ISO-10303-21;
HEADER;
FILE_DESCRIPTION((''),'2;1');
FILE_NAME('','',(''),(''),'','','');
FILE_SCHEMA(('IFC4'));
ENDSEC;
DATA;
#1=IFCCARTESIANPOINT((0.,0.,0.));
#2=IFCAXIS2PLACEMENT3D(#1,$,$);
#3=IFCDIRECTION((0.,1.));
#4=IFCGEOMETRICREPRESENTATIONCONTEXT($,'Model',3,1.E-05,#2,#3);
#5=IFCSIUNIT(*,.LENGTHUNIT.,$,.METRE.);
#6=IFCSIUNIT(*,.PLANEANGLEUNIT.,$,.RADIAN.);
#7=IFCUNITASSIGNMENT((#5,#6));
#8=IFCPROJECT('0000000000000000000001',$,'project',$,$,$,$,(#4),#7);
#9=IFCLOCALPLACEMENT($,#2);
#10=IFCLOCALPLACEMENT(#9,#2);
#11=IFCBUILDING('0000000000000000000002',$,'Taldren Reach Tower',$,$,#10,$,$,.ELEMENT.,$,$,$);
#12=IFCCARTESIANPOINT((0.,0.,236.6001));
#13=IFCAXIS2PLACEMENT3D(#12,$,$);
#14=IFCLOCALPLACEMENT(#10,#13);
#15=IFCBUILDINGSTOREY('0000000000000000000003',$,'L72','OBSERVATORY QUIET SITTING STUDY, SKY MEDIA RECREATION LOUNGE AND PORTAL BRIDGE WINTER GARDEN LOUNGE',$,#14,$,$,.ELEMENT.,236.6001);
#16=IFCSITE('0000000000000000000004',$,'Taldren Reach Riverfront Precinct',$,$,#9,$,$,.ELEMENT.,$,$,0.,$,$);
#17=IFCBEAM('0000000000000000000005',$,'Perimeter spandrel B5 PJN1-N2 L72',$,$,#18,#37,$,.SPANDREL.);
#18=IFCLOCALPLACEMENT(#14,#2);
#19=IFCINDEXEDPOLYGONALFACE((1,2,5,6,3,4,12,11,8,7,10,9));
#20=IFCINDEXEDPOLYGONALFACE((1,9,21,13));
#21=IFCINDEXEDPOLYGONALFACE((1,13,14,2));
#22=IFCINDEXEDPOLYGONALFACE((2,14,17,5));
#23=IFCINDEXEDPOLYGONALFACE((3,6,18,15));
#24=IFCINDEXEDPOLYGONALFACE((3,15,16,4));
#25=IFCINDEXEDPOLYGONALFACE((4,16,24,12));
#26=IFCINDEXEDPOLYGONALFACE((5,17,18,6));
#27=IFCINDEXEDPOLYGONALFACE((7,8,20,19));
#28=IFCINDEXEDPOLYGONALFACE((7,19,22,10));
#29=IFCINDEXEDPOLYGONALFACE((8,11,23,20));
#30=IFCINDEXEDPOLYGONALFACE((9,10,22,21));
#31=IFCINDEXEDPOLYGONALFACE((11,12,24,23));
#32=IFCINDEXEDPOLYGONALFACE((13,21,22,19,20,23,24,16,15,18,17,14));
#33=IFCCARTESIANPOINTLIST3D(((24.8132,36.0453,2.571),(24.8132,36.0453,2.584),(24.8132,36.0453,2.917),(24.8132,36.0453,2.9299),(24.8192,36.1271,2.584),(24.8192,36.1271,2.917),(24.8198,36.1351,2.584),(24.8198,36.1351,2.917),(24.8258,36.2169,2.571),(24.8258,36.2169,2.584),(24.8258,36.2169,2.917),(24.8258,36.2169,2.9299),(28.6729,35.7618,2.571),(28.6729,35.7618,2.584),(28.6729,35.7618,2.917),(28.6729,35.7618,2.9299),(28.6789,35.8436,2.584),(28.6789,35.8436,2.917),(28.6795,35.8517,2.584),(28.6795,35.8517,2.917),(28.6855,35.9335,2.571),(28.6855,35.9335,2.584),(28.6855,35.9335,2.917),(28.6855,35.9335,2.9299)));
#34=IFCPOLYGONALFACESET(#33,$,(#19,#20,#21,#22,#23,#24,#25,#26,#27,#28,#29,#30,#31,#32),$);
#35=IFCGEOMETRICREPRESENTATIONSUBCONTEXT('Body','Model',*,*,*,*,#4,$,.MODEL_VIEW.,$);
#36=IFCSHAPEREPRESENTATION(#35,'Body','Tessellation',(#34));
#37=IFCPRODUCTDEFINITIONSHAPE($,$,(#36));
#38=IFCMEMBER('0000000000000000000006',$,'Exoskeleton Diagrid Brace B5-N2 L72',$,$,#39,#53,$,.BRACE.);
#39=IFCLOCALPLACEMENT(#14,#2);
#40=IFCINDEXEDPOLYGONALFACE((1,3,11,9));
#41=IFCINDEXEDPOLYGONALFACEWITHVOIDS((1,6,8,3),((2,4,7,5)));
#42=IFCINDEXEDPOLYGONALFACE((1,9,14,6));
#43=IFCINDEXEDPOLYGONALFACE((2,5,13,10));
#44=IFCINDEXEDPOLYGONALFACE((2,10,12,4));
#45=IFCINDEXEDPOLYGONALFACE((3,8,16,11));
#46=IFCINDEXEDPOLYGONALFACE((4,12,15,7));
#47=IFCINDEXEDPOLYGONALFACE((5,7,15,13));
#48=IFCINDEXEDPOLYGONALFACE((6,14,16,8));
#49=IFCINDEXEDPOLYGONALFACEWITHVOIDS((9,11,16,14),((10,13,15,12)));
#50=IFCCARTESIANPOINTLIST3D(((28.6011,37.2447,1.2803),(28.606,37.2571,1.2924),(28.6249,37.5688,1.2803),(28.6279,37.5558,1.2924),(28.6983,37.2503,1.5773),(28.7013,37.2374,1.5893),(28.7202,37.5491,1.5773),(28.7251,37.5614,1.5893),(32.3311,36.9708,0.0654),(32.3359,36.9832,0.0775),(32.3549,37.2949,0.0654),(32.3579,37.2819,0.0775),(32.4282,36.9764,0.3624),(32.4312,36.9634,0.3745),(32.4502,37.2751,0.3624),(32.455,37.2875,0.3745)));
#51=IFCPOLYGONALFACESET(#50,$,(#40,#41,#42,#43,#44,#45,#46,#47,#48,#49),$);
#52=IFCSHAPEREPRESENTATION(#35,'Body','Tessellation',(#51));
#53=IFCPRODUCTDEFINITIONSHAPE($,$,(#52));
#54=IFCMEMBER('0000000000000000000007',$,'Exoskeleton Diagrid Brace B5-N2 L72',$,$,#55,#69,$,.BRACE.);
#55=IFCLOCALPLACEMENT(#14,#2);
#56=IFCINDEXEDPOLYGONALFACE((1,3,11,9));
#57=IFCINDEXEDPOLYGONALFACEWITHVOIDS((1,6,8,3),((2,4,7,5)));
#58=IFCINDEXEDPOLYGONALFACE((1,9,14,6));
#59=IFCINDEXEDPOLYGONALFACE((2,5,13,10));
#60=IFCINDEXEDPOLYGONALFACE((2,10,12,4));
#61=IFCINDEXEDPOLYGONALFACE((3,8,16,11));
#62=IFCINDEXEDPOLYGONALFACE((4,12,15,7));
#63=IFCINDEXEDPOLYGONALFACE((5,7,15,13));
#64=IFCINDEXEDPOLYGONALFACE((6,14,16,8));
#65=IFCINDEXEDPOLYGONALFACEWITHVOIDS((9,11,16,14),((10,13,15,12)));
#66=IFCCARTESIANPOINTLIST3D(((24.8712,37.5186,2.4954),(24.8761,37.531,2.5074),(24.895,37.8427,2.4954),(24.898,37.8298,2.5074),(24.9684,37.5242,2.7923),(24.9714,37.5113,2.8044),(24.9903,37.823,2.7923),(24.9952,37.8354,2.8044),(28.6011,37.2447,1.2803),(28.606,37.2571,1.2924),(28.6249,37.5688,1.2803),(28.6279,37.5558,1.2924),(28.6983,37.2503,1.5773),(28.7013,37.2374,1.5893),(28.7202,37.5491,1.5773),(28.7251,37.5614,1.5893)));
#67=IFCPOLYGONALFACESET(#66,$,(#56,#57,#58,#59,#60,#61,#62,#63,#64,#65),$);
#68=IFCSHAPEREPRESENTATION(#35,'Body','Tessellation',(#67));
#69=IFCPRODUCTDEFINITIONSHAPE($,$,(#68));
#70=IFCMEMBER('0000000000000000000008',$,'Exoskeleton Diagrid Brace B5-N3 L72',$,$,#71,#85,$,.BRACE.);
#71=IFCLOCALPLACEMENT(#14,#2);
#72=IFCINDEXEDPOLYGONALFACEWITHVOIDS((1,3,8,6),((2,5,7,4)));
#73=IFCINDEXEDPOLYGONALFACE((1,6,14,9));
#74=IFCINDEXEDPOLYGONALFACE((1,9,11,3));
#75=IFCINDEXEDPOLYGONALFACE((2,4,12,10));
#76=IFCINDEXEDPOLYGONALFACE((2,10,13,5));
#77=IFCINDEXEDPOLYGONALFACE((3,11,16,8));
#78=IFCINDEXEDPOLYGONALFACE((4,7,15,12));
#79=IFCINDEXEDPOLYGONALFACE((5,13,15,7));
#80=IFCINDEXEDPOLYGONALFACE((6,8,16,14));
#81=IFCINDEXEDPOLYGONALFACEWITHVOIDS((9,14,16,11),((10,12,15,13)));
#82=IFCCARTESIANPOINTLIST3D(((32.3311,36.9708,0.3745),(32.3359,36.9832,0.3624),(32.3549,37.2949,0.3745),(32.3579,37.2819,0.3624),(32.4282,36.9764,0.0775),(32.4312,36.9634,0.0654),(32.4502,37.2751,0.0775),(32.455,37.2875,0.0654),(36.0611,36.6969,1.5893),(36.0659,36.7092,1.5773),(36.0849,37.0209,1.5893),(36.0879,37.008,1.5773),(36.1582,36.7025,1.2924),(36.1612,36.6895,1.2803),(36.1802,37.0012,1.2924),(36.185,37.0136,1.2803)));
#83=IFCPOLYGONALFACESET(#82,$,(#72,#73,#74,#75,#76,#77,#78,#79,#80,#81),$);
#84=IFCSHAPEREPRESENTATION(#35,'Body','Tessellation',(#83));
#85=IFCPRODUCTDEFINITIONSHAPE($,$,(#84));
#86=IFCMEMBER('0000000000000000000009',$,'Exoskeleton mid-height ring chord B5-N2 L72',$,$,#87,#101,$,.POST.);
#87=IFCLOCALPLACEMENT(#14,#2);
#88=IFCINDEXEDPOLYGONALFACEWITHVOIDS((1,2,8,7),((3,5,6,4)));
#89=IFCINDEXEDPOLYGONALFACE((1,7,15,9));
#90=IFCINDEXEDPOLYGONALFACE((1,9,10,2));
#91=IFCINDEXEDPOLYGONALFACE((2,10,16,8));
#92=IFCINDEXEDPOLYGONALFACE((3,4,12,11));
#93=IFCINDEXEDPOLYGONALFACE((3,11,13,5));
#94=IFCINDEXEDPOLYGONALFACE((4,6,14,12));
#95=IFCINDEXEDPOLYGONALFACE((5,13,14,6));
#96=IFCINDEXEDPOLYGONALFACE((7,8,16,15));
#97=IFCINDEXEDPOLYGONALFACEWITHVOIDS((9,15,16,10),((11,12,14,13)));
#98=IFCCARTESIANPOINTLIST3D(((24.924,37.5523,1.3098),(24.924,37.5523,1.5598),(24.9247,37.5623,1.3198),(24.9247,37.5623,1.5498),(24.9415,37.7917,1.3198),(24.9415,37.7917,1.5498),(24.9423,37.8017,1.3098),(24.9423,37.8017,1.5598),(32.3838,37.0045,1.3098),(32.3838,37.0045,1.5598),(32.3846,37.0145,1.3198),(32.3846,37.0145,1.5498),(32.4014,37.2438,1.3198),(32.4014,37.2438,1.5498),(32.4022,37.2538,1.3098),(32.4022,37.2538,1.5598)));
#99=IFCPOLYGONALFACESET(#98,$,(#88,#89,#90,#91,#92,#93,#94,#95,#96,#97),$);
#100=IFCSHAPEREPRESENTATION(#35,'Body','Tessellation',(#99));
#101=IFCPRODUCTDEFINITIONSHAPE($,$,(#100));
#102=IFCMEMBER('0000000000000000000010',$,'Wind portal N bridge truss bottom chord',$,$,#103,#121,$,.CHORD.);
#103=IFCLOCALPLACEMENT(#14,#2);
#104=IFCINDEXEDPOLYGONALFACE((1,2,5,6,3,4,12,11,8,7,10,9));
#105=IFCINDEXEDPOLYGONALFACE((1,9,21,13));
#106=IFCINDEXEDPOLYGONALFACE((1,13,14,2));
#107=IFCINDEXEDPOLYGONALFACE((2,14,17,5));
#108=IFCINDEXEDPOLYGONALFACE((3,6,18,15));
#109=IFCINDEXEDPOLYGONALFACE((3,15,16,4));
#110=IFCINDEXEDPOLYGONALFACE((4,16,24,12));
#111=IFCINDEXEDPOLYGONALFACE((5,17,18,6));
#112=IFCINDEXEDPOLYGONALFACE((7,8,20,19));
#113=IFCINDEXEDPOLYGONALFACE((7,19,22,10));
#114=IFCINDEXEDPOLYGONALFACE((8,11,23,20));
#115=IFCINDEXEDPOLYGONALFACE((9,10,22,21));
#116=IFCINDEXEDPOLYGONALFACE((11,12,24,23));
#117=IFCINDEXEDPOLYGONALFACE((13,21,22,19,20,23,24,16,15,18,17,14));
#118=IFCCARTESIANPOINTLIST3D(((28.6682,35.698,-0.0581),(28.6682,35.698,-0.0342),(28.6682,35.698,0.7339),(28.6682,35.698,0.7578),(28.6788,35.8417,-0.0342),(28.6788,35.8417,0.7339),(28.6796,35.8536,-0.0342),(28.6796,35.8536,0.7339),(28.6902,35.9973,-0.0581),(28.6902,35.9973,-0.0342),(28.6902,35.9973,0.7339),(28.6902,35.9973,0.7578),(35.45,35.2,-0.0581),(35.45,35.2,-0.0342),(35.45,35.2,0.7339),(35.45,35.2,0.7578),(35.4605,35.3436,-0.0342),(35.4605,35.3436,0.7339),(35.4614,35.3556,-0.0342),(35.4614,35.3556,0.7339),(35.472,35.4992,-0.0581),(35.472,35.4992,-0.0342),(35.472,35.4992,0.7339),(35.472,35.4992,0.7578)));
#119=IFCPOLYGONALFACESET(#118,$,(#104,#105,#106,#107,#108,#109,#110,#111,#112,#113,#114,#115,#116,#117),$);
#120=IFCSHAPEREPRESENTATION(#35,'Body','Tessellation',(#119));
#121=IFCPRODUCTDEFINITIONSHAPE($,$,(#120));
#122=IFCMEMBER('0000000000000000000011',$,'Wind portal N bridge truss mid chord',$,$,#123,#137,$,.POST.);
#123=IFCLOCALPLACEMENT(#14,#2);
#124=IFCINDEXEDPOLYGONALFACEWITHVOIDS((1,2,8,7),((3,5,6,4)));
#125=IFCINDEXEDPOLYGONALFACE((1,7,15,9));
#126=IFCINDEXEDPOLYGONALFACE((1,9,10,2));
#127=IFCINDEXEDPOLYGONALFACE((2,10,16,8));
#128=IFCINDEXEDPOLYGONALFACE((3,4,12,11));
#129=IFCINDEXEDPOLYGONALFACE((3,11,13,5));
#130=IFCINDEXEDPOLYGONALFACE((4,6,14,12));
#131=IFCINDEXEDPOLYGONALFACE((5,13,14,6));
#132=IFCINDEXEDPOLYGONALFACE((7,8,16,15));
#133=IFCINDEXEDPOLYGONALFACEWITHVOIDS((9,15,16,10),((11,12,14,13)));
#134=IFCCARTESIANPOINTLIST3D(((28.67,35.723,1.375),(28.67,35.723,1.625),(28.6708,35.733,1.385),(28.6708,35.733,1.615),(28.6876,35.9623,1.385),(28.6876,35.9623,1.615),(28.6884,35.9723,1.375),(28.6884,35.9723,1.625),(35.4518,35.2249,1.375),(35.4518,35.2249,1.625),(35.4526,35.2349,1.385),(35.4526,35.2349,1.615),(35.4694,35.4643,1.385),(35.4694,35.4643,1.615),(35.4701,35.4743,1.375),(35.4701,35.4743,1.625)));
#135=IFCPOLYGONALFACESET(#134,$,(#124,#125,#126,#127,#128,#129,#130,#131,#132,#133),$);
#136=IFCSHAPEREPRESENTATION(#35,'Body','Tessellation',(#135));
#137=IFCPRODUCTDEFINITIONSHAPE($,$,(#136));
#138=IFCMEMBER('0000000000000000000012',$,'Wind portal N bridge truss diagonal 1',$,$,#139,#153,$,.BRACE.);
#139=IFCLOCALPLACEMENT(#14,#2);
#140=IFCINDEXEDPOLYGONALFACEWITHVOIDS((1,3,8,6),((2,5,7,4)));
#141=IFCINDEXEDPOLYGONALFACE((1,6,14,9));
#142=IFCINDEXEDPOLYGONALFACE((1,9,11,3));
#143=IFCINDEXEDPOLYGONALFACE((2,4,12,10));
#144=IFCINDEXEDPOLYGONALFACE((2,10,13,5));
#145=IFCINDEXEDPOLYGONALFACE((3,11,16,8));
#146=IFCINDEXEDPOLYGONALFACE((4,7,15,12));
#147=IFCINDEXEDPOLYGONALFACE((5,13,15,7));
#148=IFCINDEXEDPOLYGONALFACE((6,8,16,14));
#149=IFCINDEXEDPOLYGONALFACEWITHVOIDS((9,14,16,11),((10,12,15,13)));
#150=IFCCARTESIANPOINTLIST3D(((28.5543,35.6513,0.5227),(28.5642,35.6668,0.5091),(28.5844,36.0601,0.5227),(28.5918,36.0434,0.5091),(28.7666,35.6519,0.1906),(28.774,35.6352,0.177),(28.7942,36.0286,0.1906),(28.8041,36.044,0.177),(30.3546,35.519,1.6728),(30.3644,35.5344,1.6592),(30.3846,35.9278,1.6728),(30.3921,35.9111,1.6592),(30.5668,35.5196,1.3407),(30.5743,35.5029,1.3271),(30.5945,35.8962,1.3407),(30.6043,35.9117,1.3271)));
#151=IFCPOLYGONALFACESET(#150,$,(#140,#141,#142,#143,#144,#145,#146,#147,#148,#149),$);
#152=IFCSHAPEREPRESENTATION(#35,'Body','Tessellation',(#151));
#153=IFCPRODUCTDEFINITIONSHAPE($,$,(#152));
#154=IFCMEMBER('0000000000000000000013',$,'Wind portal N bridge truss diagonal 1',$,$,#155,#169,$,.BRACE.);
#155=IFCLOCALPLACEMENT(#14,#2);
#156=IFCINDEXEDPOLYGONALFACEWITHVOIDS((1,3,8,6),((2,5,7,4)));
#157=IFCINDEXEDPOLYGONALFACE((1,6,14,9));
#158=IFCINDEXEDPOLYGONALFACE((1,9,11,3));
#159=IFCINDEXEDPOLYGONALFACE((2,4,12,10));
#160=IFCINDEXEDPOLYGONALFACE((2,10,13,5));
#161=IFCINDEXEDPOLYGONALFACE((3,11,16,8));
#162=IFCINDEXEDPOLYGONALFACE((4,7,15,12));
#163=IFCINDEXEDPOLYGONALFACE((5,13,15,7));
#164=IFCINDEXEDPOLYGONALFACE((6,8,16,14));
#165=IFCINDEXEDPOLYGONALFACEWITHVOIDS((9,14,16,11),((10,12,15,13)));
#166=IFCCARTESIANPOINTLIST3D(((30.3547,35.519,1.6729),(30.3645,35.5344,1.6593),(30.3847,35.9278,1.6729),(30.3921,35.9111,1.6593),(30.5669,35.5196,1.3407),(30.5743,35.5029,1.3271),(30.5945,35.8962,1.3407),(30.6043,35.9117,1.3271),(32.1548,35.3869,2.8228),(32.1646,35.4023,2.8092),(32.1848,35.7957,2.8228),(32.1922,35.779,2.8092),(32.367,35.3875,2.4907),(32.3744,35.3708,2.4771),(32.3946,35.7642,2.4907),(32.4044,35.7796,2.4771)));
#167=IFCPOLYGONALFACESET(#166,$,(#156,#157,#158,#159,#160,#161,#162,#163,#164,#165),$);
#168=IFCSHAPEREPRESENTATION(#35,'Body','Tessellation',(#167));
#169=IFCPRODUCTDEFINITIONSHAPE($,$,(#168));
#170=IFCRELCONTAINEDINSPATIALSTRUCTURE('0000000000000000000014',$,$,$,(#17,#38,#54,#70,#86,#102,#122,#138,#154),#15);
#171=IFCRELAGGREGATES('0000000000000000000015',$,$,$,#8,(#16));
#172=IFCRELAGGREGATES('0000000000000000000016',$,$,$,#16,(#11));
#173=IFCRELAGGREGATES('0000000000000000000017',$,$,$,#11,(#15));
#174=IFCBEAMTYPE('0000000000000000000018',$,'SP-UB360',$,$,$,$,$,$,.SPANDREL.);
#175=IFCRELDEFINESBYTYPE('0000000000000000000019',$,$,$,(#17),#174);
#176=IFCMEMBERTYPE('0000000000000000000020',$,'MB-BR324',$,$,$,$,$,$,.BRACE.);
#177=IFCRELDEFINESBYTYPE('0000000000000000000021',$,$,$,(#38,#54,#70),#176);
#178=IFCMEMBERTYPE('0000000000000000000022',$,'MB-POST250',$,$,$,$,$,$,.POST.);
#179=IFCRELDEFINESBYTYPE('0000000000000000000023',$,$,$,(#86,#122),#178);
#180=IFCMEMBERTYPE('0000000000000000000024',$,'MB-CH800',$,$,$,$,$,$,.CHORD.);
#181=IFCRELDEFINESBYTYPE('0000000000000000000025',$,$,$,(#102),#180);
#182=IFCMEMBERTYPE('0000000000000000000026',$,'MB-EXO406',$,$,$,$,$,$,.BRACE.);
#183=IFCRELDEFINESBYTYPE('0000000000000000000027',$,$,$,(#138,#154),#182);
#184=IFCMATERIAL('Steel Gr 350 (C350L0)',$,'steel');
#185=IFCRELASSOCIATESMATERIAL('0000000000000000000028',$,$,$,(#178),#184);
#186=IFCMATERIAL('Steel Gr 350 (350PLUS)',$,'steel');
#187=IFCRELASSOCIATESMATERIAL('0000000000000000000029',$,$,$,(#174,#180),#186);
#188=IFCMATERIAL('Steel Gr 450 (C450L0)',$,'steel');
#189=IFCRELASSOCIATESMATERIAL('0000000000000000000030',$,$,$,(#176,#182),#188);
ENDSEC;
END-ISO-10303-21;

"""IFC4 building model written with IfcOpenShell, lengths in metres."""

from ifc_helpers import new_model, si_unit, direction, frame, origin, origin_2d, place, context, subcontext, project, spatial, hollow_rectangle, i_section, extrude, source, transform, mapped, material, material_profile, profile_set, type_object, element, save


model = new_model("IFC4")

# Units and contexts
model_context = context("Model", 3, precision=1e-05, world=origin(), true_north=direction((0.0, 1.0)))
body_context = subcontext(model_context, "Body", "Model", "MODEL_VIEW")
ifc_project = project(units=[si_unit("LENGTHUNIT", "METRE"), si_unit("PLANEANGLEUNIT", "RADIAN")], contexts=[model_context])

# Site, building, storey
site_placement = place(None, origin())
site = spatial("IfcSite", under=ifc_project, at=site_placement, Name="Taldren Reach Riverfront Precinct", CompositionType="ELEMENT", RefElevation=0.0)
building_placement = place(site_placement, origin())
building = spatial("IfcBuilding", under=site, at=building_placement, Name="Taldren Reach Tower", CompositionType="ELEMENT")
storey_placement = place(building_placement, frame((0.0, 0.0, 236.6001)))
storey = spatial("IfcBuildingStorey", under=building, at=storey_placement, Name="L72", Description="OBSERVATORY QUIET SITTING STUDY, SKY MEDIA RECREATION LOUNGE AND PORTAL BRIDGE WINTER GARDEN LOUNGE", CompositionType="ELEMENT", Elevation=236.6001)

# Shared definitions
ifc_material_1 = material(Name="Steel Gr 350 (C350L0)", Category="steel")
ifc_material_2 = material(Name="Steel Gr 350 (350PLUS)", Category="steel")

# Shared definitions
ifc_material_profile_1 = material_profile(ifc_material_1, hollow_rectangle(XDim=0.25, YDim=0.25, WallThickness=0.01, at=origin_2d()), Name="250x250x10.0SHS")
ifc_profile_set_1 = profile_set([ifc_material_profile_1], Name="Steel Gr 350 (C350L0)")
member_type_1 = type_object("IfcMemberType", Name="MB-POST250", PredefinedType="POST", material=ifc_profile_set_1)
ifc_material_3 = material(Name="Steel Gr 450 (C450L0)", Category="steel")

# Beam
ifc_material_profile_2 = material_profile(ifc_material_2, i_section(OverallWidth=0.1721, OverallDepth=0.3589, WebThickness=0.0081, FlangeThickness=0.0129, at=origin_2d()), Name="360UB56.7")
ifc_profile_set_2 = profile_set([ifc_material_profile_2], Name="Steel Gr 350 (350PLUS)")
beam_type = type_object("IfcBeamType", Name="SP-UB360", PredefinedType="SPANDREL", material=ifc_profile_set_2)
shared_shape_1 = source(origin(), body_context, "Body", "SweptSolid", [
    extrude(i_section(OverallWidth=0.1721, OverallDepth=0.3589, WebThickness=0.0081, FlangeThickness=0.0129, at=origin_2d()), origin(), (0.0, 0.0, 1.0), 3.8701),
])
beam_1_placement = place(storey_placement, frame((28.6792, 35.8477, 2.7505), z_axis=(-0.997314, 0.073242, 0.0), x_axis=(-0.073242, -0.997314, 0.0)))
element("IfcBeam", 1, at=beam_1_placement, inside=storey, type_object=beam_type, Name="Perimeter spandrel B5 PJN1-N2 L72", PredefinedType="SPANDREL", context=body_context, shape_type="MappedRepresentation", body=[
    mapped(shared_shape_1, transform((0.0, 0.0, 0.0), scale=1.0)),
])

# Members
ifc_material_profile_3 = material_profile(ifc_material_3, hollow_rectangle(XDim=0.325, YDim=0.325, WallThickness=0.0127, at=origin_2d()), Name="325x325x12.7SHS")
ifc_profile_set_3 = profile_set([ifc_material_profile_3], Name="Steel Gr 450 (C450L0)")
member_type_2 = type_object("IfcMemberType", Name="MB-BR324", PredefinedType="BRACE", material=ifc_profile_set_3)
shared_shape_2 = source(origin(), body_context, "Body", "SweptSolid", [
    extrude(hollow_rectangle(XDim=0.325, YDim=0.325, WallThickness=0.0127, at=origin_2d()), origin(), (0.0, 0.0, 1.0), 3.9324),
])
for number, where, z_axis, x_axis, name in (
    (2, (32.3931, 37.1292, 0.22), (-0.948529, 0.069659, 0.308933), (-0.073242, -0.997314, 0.0), "Exoskeleton Diagrid Brace B5-N2 L72"),
    (3, (28.6631, 37.4031, 1.4348), (-0.948511, 0.069658, 0.308989), (-0.073242, -0.997314, 0.0), "Exoskeleton Diagrid Brace B5-N2 L72"),
    (4, (32.3931, 37.1292, 0.22), (0.948529, -0.069659, 0.308933), (0.073242, 0.997314, 0.0), "Exoskeleton Diagrid Brace B5-N3 L72"),
):
    element("IfcMember", number, at=place(storey_placement, frame(where, z_axis=z_axis, x_axis=x_axis)), inside=storey, type_object=member_type_2, Name=name, PredefinedType="BRACE", context=body_context, shape_type="MappedRepresentation", body=[
        mapped(shared_shape_2, transform((0.0, 0.0, 0.0), scale=1.0)),
    ])
shared_shape_3 = source(origin(), body_context, "Body", "SweptSolid", [
    extrude(hollow_rectangle(XDim=0.25, YDim=0.25, WallThickness=0.01, at=origin_2d()), origin(), (0.0, 0.0, 1.0), 7.48),
])
member_1_placement = place(storey_placement, frame((24.9331, 37.677, 1.4348), z_axis=(0.997314, -0.073242, 0.0), x_axis=(0.073242, 0.997314, 0.0)))
element("IfcMember", 5, at=member_1_placement, inside=storey, type_object=member_type_1, Name="Exoskeleton mid-height ring chord B5-N2 L72", PredefinedType="POST", context=body_context, shape_type="MappedRepresentation", body=[
    mapped(shared_shape_3, transform((0.0, 0.0, 0.0), scale=1.0)),
])
ifc_material_profile_4 = material_profile(ifc_material_2, i_section(OverallWidth=0.3, OverallDepth=0.8159, WebThickness=0.012, FlangeThickness=0.0239, at=origin_2d()), Name="800WB192")
ifc_profile_set_4 = profile_set([ifc_material_profile_4], Name="Steel Gr 350 (350PLUS)")
member_type_3 = type_object("IfcMemberType", Name="MB-CH800", PredefinedType="CHORD", material=ifc_profile_set_4)
shared_shape_4 = source(origin(), body_context, "Body", "SweptSolid", [
    extrude(i_section(OverallWidth=0.3, OverallDepth=0.8159, WebThickness=0.012, FlangeThickness=0.0239, at=origin_2d()), origin(), (0.0, 0.0, 1.0), 6.8),
])
member_2_placement = place(storey_placement, frame((28.6792, 35.8477, 0.3499), z_axis=(0.997314, -0.073242, 0.0), x_axis=(0.073242, 0.997314, 0.0)))
element("IfcMember", 6, at=member_2_placement, inside=storey, type_object=member_type_3, Name="Wind portal N bridge truss bottom chord", PredefinedType="CHORD", context=body_context, shape_type="MappedRepresentation", body=[
    mapped(shared_shape_4, transform((0.0, 0.0, 0.0), scale=1.0)),
])
shared_shape_5 = source(origin(), body_context, "Body", "SweptSolid", [
    extrude(hollow_rectangle(XDim=0.25, YDim=0.25, WallThickness=0.01, at=origin_2d()), origin(), (0.0, 0.0, 1.0), 6.8),
])
member_3_placement = place(storey_placement, frame((28.6792, 35.8477, 1.5), z_axis=(0.997314, -0.073242, 0.0), x_axis=(0.073242, 0.997314, 0.0)))
element("IfcMember", 7, at=member_3_placement, inside=storey, type_object=member_type_1, Name="Wind portal N bridge truss mid chord", PredefinedType="POST", context=body_context, shape_type="MappedRepresentation", body=[
    mapped(shared_shape_5, transform((0.0, 0.0, 0.0), scale=1.0)),
])
ifc_material_profile_5 = material_profile(ifc_material_3, hollow_rectangle(XDim=0.4099, YDim=0.4099, WallThickness=0.0161, at=origin_2d()), Name="410x410x16.0SHS")
ifc_profile_set_5 = profile_set([ifc_material_profile_5], Name="Steel Gr 450 (C450L0)")
member_type_4 = type_object("IfcMemberType", Name="MB-EXO406", PredefinedType="BRACE", material=ifc_profile_set_5)
shared_shape_6 = source(origin(), body_context, "Body", "SweptSolid", [
    extrude(hollow_rectangle(XDim=0.4099, YDim=0.4099, WallThickness=0.0161, at=origin_2d()), origin(), (0.0, 0.0, 1.0), 2.1404),
])
member_4_placement = place(storey_placement, frame((28.6792, 35.8477, 0.3499), z_axis=(0.841093, -0.061822, 0.537346), x_axis=(0.073304, 0.99731, 0.0)))
element("IfcMember", 8, at=member_4_placement, inside=storey, type_object=member_type_4, Name="Wind portal N bridge truss diagonal 1", PredefinedType="BRACE", context=body_context, shape_type="MappedRepresentation", body=[
    mapped(shared_shape_6, transform((0.0, 0.0, 0.0), scale=1.0)),
])
shared_shape_7 = source(origin(), body_context, "Body", "SweptSolid", [
    extrude(hollow_rectangle(XDim=0.4099, YDim=0.4099, WallThickness=0.0161, at=origin_2d()), origin(), (0.0, 0.0, 1.0), 2.1401),
])
member_5_placement = place(storey_placement, frame((30.4795, 35.7153, 1.5), z_axis=(0.841117, -0.061718, 0.53732), x_axis=(0.073179, 0.997319, 0.0)))
element("IfcMember", 9, at=member_5_placement, inside=storey, type_object=member_type_4, Name="Wind portal N bridge truss diagonal 1", PredefinedType="BRACE", context=body_context, shape_type="MappedRepresentation", body=[
    mapped(shared_shape_7, transform((0.0, 0.0, 0.0), scale=1.0)),
])

save(model, "model.ifc")
